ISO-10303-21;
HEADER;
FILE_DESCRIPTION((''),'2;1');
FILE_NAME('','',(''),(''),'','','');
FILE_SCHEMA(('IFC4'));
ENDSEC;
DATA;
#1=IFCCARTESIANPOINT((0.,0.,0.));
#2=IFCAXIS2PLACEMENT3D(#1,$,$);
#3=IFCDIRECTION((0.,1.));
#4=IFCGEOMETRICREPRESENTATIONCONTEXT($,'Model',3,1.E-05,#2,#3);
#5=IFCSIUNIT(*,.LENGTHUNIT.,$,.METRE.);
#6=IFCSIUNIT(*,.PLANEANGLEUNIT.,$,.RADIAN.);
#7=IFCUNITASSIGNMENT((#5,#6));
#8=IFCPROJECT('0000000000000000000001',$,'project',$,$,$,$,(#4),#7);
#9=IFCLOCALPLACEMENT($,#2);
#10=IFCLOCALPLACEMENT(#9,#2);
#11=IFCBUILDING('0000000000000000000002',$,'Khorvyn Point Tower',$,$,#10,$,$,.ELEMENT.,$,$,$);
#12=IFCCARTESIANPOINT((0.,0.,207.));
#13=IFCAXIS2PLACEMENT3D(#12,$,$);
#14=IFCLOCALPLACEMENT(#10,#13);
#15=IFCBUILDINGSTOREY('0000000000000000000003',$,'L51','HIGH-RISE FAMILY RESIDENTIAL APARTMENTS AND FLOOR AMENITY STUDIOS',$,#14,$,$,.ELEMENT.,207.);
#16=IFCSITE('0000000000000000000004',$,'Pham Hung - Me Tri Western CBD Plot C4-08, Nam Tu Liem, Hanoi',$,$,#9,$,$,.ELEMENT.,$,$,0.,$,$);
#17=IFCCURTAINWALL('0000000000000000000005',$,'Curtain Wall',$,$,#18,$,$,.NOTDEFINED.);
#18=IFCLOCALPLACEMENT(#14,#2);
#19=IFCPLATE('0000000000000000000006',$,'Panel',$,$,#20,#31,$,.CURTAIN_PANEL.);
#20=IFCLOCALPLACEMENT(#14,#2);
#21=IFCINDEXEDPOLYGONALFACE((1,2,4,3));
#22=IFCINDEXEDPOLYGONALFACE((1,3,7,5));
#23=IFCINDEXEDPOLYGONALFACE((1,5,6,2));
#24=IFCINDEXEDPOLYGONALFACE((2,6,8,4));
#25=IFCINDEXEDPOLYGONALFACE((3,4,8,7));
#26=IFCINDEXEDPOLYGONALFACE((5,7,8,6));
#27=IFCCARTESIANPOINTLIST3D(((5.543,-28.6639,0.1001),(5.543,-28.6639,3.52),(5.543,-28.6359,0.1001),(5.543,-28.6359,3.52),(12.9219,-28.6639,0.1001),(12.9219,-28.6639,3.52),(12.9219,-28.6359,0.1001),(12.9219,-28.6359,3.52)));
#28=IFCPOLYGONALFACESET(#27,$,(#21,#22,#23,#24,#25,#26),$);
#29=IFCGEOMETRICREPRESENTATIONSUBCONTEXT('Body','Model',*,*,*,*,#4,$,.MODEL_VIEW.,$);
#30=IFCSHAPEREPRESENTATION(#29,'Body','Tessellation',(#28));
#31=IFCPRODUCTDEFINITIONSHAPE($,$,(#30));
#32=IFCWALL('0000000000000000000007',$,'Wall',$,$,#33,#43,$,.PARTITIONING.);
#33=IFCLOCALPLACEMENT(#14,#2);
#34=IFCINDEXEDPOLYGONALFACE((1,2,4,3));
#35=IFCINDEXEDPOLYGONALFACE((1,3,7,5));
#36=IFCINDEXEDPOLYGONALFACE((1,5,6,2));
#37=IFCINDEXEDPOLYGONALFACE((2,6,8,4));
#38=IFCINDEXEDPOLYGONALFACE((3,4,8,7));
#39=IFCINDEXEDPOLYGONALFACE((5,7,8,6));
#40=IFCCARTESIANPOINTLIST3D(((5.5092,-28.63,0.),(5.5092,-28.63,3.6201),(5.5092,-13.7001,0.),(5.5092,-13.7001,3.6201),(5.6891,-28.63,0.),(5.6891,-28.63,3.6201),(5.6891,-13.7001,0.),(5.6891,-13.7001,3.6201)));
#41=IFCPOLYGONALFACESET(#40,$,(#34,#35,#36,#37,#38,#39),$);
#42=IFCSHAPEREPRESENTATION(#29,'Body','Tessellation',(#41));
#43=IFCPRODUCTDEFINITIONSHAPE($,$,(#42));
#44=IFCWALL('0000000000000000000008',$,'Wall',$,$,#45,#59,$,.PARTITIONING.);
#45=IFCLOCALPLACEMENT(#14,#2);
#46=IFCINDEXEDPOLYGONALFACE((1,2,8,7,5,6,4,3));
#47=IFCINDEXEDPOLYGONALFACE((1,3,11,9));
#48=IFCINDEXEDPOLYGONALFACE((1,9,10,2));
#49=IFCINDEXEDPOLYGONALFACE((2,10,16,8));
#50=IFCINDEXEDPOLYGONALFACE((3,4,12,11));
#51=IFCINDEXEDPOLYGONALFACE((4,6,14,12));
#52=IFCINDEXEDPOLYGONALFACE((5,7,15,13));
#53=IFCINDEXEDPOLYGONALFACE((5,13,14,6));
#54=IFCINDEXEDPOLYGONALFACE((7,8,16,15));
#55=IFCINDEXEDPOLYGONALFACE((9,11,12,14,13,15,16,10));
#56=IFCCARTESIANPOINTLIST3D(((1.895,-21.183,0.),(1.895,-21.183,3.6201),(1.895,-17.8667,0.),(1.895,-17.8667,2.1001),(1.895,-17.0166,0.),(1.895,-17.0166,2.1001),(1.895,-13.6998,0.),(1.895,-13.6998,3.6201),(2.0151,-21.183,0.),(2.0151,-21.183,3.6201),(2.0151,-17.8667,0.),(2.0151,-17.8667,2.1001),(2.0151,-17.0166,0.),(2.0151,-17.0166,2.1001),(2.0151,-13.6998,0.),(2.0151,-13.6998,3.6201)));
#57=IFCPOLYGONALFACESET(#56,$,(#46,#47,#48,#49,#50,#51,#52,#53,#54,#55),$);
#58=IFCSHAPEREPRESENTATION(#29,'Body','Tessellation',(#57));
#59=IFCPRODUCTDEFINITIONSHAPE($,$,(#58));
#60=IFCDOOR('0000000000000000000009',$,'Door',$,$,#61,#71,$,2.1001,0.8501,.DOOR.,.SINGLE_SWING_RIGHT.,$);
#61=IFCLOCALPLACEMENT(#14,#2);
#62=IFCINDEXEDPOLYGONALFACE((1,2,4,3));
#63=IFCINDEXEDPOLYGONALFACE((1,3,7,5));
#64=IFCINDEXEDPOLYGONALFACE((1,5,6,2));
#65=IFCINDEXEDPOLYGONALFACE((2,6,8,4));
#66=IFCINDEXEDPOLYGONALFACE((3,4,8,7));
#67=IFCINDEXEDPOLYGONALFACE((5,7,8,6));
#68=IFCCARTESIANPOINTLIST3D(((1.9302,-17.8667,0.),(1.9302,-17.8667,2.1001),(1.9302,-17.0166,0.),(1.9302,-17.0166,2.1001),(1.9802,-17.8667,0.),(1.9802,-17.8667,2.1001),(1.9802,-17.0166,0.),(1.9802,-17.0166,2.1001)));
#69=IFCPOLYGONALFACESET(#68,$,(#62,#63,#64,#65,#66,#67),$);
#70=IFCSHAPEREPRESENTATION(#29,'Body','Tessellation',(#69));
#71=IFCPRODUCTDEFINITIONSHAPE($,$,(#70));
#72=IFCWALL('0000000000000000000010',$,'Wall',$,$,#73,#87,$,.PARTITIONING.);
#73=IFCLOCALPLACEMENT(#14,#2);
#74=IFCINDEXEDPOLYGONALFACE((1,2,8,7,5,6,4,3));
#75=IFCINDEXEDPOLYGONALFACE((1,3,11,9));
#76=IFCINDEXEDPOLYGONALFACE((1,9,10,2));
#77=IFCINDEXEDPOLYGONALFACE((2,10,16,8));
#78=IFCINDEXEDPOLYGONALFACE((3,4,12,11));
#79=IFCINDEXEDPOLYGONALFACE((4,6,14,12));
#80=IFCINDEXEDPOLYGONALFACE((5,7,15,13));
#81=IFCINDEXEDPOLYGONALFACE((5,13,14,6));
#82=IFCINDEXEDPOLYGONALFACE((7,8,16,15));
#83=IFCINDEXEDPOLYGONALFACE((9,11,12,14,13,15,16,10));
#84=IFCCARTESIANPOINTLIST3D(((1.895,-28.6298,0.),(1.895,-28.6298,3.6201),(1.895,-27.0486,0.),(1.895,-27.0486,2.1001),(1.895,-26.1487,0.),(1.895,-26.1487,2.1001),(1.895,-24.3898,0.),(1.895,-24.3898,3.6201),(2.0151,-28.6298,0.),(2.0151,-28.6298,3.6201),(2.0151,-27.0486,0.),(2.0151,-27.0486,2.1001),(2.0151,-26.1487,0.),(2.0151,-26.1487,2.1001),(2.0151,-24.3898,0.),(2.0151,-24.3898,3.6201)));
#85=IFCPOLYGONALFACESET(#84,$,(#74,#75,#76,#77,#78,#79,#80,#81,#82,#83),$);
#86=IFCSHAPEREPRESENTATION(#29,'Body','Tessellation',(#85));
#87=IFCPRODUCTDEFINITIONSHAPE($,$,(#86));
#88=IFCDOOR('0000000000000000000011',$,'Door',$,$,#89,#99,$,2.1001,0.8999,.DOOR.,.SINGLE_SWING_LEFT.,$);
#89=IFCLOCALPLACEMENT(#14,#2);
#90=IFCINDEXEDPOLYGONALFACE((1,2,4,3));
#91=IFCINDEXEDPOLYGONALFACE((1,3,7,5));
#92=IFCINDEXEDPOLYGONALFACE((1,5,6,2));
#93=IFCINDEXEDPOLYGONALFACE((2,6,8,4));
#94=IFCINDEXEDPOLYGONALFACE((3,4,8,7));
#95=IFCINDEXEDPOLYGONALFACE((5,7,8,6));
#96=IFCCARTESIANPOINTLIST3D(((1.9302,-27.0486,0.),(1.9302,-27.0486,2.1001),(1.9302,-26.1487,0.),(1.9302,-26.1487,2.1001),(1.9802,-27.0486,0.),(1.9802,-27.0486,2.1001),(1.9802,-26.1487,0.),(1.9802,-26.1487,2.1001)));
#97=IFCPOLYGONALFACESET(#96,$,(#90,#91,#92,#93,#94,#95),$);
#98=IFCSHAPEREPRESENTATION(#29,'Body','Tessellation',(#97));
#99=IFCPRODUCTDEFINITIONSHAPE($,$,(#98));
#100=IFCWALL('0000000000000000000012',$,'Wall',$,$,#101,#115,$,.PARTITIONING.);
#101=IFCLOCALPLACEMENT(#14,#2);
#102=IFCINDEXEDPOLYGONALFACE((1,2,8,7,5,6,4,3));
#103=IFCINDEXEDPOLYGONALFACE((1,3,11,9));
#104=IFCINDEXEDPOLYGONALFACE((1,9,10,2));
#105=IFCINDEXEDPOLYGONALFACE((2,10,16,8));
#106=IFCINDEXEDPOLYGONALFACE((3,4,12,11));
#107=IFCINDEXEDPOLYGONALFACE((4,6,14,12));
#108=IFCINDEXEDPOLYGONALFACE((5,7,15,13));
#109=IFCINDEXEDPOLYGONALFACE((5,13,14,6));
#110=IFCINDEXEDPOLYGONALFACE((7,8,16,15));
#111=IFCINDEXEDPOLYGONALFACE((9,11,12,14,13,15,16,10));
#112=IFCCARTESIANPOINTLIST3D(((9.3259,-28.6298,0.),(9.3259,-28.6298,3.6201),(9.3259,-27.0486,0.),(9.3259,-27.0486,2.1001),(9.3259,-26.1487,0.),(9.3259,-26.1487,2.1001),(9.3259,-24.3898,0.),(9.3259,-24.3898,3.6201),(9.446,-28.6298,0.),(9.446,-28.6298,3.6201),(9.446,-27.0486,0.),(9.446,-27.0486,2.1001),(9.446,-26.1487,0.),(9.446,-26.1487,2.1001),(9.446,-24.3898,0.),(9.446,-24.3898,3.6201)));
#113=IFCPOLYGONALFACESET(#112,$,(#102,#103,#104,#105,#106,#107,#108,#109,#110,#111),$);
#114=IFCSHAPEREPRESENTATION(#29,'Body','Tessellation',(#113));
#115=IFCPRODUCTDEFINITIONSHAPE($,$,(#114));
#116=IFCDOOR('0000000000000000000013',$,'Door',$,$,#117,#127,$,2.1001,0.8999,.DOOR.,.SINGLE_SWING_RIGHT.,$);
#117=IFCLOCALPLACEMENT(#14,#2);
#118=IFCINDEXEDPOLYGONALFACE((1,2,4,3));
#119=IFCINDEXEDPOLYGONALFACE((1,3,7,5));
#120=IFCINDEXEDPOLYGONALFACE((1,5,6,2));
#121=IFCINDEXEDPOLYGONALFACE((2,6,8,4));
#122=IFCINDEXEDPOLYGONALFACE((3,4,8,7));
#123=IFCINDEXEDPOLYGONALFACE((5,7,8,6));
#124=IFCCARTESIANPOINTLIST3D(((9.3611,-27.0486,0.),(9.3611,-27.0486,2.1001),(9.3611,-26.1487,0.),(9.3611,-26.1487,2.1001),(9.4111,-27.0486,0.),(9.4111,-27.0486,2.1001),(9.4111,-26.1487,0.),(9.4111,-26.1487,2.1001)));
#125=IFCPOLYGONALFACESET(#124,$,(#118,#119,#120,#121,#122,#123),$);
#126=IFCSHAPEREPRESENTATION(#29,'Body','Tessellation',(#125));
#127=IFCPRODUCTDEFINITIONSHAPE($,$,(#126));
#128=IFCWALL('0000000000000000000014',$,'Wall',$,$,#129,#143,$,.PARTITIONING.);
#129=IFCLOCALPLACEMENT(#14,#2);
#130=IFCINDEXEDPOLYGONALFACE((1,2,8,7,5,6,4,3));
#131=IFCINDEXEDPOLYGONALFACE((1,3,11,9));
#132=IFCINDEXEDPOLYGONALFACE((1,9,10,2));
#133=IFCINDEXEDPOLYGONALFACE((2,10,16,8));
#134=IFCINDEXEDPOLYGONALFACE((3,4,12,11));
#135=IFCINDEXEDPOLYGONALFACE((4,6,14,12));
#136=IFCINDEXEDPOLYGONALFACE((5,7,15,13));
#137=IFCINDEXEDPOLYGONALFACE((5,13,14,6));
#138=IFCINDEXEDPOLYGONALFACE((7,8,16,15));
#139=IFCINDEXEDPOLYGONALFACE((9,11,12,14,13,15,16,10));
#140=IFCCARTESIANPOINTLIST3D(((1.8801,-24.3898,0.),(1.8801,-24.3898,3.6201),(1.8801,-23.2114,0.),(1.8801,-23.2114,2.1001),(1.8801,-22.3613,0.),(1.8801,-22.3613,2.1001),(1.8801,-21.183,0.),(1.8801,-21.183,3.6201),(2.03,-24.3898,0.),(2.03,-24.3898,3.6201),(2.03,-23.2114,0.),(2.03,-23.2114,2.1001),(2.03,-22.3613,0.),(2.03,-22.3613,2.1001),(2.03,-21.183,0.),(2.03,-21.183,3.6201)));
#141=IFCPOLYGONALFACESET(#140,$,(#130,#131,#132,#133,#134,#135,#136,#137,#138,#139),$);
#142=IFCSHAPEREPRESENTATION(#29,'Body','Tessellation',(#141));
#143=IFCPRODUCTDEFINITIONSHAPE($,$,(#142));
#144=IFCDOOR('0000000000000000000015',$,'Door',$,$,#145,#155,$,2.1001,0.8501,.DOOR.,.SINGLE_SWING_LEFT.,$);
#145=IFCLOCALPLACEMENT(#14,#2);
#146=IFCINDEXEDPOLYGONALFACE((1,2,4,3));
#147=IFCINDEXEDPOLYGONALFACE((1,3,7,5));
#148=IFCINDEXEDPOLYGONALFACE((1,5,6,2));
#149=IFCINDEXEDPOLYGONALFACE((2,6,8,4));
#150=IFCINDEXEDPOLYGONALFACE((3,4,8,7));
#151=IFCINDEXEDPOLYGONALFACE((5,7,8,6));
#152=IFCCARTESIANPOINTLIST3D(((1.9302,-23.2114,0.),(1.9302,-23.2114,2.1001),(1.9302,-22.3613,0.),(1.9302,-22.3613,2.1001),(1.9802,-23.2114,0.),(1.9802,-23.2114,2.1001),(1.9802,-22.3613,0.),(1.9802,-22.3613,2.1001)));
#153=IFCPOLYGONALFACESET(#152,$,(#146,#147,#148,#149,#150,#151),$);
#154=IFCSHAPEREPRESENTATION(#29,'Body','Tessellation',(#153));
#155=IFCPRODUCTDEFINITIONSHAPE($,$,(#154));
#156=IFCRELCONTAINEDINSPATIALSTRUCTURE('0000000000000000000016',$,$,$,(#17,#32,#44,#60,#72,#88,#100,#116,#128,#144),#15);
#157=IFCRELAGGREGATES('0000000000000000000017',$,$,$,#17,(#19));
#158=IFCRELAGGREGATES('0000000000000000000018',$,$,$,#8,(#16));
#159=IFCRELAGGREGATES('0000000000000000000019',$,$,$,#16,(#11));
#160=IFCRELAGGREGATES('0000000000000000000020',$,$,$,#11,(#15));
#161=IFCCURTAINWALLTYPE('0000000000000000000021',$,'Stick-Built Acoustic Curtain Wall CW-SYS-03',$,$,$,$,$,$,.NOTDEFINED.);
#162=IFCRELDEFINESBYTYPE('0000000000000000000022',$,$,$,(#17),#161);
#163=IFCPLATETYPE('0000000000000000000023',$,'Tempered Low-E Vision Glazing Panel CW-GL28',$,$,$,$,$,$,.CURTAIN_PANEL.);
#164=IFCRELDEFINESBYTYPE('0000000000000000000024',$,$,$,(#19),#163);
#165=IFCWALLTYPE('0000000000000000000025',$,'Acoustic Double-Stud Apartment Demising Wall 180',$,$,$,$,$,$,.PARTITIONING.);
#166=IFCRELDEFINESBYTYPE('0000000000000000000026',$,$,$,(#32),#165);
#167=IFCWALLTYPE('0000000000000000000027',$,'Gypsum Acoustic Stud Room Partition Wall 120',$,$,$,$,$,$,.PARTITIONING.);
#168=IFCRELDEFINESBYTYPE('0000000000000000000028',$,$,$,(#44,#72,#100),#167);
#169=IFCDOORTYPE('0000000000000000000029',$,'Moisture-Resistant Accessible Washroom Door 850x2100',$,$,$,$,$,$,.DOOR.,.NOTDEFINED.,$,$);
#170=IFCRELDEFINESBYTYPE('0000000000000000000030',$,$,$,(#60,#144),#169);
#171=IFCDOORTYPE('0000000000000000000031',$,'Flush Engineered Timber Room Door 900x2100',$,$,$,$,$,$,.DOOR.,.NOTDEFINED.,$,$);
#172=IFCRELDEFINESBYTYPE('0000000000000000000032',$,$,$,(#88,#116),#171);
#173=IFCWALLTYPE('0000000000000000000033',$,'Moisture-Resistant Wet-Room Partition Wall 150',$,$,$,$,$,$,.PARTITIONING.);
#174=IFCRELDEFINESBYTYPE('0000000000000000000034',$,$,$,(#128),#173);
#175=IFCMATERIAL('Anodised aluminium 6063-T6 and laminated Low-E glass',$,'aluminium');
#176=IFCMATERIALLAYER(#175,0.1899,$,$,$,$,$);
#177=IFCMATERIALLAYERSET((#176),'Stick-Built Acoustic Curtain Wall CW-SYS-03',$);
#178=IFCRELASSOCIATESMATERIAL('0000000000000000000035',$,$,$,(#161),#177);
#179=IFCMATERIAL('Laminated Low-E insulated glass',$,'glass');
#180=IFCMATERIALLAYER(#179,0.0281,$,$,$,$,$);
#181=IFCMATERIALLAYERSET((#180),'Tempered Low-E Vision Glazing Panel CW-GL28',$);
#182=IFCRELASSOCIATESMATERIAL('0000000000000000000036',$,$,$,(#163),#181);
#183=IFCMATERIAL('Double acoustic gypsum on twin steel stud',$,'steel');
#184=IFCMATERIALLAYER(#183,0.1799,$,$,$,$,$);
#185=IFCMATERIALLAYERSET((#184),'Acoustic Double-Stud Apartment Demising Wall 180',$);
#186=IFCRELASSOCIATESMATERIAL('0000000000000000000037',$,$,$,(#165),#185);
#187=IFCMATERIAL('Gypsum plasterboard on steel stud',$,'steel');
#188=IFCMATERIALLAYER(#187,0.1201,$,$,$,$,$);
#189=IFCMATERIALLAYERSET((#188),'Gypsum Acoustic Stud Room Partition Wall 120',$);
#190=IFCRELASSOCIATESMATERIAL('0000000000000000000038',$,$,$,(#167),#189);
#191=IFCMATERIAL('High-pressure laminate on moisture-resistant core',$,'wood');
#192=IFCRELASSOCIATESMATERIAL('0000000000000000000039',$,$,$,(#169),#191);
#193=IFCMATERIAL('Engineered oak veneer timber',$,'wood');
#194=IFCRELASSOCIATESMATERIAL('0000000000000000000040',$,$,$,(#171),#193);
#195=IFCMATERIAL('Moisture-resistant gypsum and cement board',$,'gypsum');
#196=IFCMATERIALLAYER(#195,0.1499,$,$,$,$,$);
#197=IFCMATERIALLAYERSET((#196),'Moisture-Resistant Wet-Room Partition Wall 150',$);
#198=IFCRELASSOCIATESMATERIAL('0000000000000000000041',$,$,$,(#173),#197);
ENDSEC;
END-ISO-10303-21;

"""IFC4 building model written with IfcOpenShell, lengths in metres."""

from ifc_helpers import new_model, si_unit, direction, frame, frame_2d, origin, origin_2d, place, context, subcontext, project, spatial, rectangle, extrude, material, layer, layer_set, type_object, element, fill, aggregate, save


model = new_model("IFC4")

# Units and contexts
model_context = context("Model", 3, precision=1e-05, world=origin(), true_north=direction((0.0, 1.0)))
body_context = subcontext(model_context, "Body", "Model", "MODEL_VIEW")
ifc_project = project(units=[si_unit("LENGTHUNIT", "METRE"), si_unit("PLANEANGLEUNIT", "RADIAN")], contexts=[model_context])

# Site, building, storey
site_placement = place(None, origin())
site = spatial("IfcSite", under=ifc_project, at=site_placement, Name="Pham Hung - Me Tri Western CBD Plot C4-08, Nam Tu Liem, Hanoi", CompositionType="ELEMENT", RefElevation=0.0)
building_placement = place(site_placement, origin())
building = spatial("IfcBuilding", under=site, at=building_placement, Name="Khorvyn Point Tower", CompositionType="ELEMENT")
storey_placement = place(building_placement, frame((0.0, 0.0, 207.0)))
storey = spatial("IfcBuildingStorey", under=building, at=storey_placement, Name="L51", Description="HIGH-RISE FAMILY RESIDENTIAL APARTMENTS AND FLOOR AMENITY STUDIOS", CompositionType="ELEMENT", Elevation=207.0)

# Curtain wall, plate
ifc_material_1 = material(Name="Anodised aluminium 6063-T6 and laminated Low-E glass", Category="aluminium")
ifc_layer_1 = layer(ifc_material_1, 0.1899)
ifc_layer_set_1 = layer_set([ifc_layer_1], Name="Stick-Built Acoustic Curtain Wall CW-SYS-03")
curtain_wall_type = type_object("IfcCurtainWallType", Name="Stick-Built Acoustic Curtain Wall CW-SYS-03", PredefinedType="NOTDEFINED", material=ifc_layer_set_1)
curtain_wall_placement = place(storey_placement, origin())
curtain_wall = element("IfcCurtainWall", 1, at=curtain_wall_placement, inside=storey, type_object=curtain_wall_type, Name="Curtain Wall", PredefinedType="NOTDEFINED")
ifc_material_2 = material(Name="Laminated Low-E insulated glass", Category="glass")
ifc_layer_2 = layer(ifc_material_2, 0.0281)
ifc_layer_set_2 = layer_set([ifc_layer_2], Name="Tempered Low-E Vision Glazing Panel CW-GL28")
plate_type = type_object("IfcPlateType", Name="Tempered Low-E Vision Glazing Panel CW-GL28", PredefinedType="CURTAIN_PANEL", material=ifc_layer_set_2)
plate_1_placement = place(storey_placement, frame((9.2324, -28.6499, 0.1001), z_axis=(0.0, 0.0, 1.0), x_axis=(-1.0, 0.0, 0.0)))
plate_1 = element("IfcPlate", 2, at=plate_1_placement, type_object=plate_type, Name="Panel", PredefinedType="CURTAIN_PANEL", context=body_context, shape_type="SweptSolid", body=[
    extrude(rectangle(XDim=7.3789, YDim=0.0281, at=origin_2d()), origin(), (0.0, 0.0, 1.0), 3.4199),
])
aggregate(curtain_wall, [plate_1])

# Wall
ifc_material_3 = material(Name="Double acoustic gypsum on twin steel stud", Category="steel")
ifc_layer_3 = layer(ifc_material_3, 0.1799)
ifc_layer_set_3 = layer_set([ifc_layer_3], Name="Acoustic Double-Stud Apartment Demising Wall 180")
wall_type_1 = type_object("IfcWallType", Name="Acoustic Double-Stud Apartment Demising Wall 180", PredefinedType="PARTITIONING", material=ifc_layer_set_3)
wall_1_placement = place(storey_placement, frame((5.5991, -28.6299, 0.0), z_axis=(0.0, 0.0, 1.0), x_axis=(0.0, 1.0, 0.0)))
element("IfcWall", 3, at=wall_1_placement, inside=storey, type_object=wall_type_1, Name="Wall", PredefinedType="PARTITIONING", context=body_context, shape_type="SweptSolid", body=[
    extrude(rectangle(XDim=14.9299, YDim=0.1799, at=frame_2d((7.4648, 0.0))), origin(), (0.0, 0.0, 1.0), 3.6201),
])

# Walls, openings, doors
ifc_material_4 = material(Name="Gypsum plasterboard on steel stud", Category="steel")
ifc_layer_4 = layer(ifc_material_4, 0.1201)
ifc_layer_set_4 = layer_set([ifc_layer_4], Name="Gypsum Acoustic Stud Room Partition Wall 120")
wall_type_2 = type_object("IfcWallType", Name="Gypsum Acoustic Stud Room Partition Wall 120", PredefinedType="PARTITIONING", material=ifc_layer_set_4)
wall_2_placement = place(storey_placement, frame((1.9551, -21.1831, 0.0), z_axis=(0.0, 0.0, 1.0), x_axis=(0.0, 1.0, 0.0)))
wall_2 = element("IfcWall", 4, at=wall_2_placement, inside=storey, type_object=wall_type_2, Name="Wall", PredefinedType="PARTITIONING", context=body_context, shape_type="SweptSolid", body=[
    extrude(rectangle(XDim=7.4832, YDim=0.1201, at=frame_2d((3.7417, 0.0))), origin(), (0.0, 0.0, 1.0), 3.6201),
])
opening_1_placement = place(wall_2_placement, frame((3.3164, 0.0, 0.0)))
opening_1 = element("IfcOpeningElement", 5, at=opening_1_placement, cuts=wall_2, PredefinedType="OPENING", context=body_context, shape_type="SweptSolid", body=[
    extrude(rectangle(XDim=0.8501, YDim=2.1001, at=frame_2d((0.425, 1.05))), frame((0.0, 0.0701, 0.0), z_axis=(0.0, -1.0, 0.0), x_axis=(1.0, 0.0, 0.0)), (0.0, 0.0, 1.0), 0.1401),
])
ifc_material_5 = material(Name="High-pressure laminate on moisture-resistant core", Category="wood")
door_type_1 = type_object("IfcDoorType", Name="Moisture-Resistant Accessible Washroom Door 850x2100", OperationType="NOTDEFINED", PredefinedType="DOOR", material=ifc_material_5)
door_1_placement = place(opening_1_placement, origin())
door_1 = element("IfcDoor", 6, at=door_1_placement, inside=storey, type_object=door_type_1, Name="Door", OperationType="SINGLE_SWING_RIGHT", OverallHeight=2.1001, OverallWidth=0.8501, PredefinedType="DOOR", context=body_context, shape_type="SweptSolid", body=[
    extrude(rectangle(XDim=0.8501, YDim=2.1001, at=frame_2d((0.425, 1.05))), frame((0.0, 0.0249, 0.0), z_axis=(0.0, -1.0, 0.0), x_axis=(1.0, 0.0, 0.0)), (0.0, 0.0, 1.0), 0.05),
])
fill(opening_1, door_1)
wall_3_placement = place(storey_placement, frame((1.9551, -28.6299, 0.0), z_axis=(0.0, 0.0, 1.0), x_axis=(0.0, 1.0, 0.0)))
wall_3 = element("IfcWall", 7, at=wall_3_placement, inside=storey, type_object=wall_type_2, Name="Wall", PredefinedType="PARTITIONING", context=body_context, shape_type="SweptSolid", body=[
    extrude(rectangle(XDim=4.24, YDim=0.1201, at=frame_2d((2.1201, 0.0))), origin(), (0.0, 0.0, 1.0), 3.6201),
])
opening_2_placement = place(wall_3_placement, frame((1.5813, 0.0, 0.0)))
opening_2 = element("IfcOpeningElement", 8, at=opening_2_placement, cuts=wall_3, PredefinedType="OPENING", context=body_context, shape_type="SweptSolid", body=[
    extrude(rectangle(XDim=0.8999, YDim=2.1001, at=frame_2d((0.45, 1.05))), frame((0.0, 0.0701, 0.0), z_axis=(0.0, -1.0, 0.0), x_axis=(1.0, 0.0, 0.0)), (0.0, 0.0, 1.0), 0.1401),
])
ifc_material_6 = material(Name="Engineered oak veneer timber", Category="wood")
door_type_2 = type_object("IfcDoorType", Name="Flush Engineered Timber Room Door 900x2100", OperationType="NOTDEFINED", PredefinedType="DOOR", material=ifc_material_6)
door_2_placement = place(opening_2_placement, origin())
door_2 = element("IfcDoor", 9, at=door_2_placement, inside=storey, type_object=door_type_2, Name="Door", OperationType="SINGLE_SWING_LEFT", OverallHeight=2.1001, OverallWidth=0.8999, PredefinedType="DOOR", context=body_context, shape_type="SweptSolid", body=[
    extrude(rectangle(XDim=0.8999, YDim=2.1001, at=frame_2d((0.45, 1.05))), frame((0.0, 0.0249, 0.0), z_axis=(0.0, -1.0, 0.0), x_axis=(1.0, 0.0, 0.0)), (0.0, 0.0, 1.0), 0.05),
])
fill(opening_2, door_2)
wall_4_placement = place(storey_placement, frame((9.386, -28.6299, 0.0), z_axis=(0.0, 0.0, 1.0), x_axis=(0.0, 1.0, 0.0)))
wall_4 = element("IfcWall", 10, at=wall_4_placement, inside=storey, type_object=wall_type_2, Name="Wall", PredefinedType="PARTITIONING", context=body_context, shape_type="SweptSolid", body=[
    extrude(rectangle(XDim=4.24, YDim=0.1201, at=frame_2d((2.1201, 0.0))), origin(), (0.0, 0.0, 1.0), 3.6201),
])
opening_3_placement = place(wall_4_placement, frame((1.5813, 0.0, 0.0)))
opening_3 = element("IfcOpeningElement", 11, at=opening_3_placement, cuts=wall_4, PredefinedType="OPENING", context=body_context, shape_type="SweptSolid", body=[
    extrude(rectangle(XDim=0.8999, YDim=2.1001, at=frame_2d((0.45, 1.05))), frame((0.0, 0.0701, 0.0), z_axis=(0.0, -1.0, 0.0), x_axis=(1.0, 0.0, 0.0)), (0.0, 0.0, 1.0), 0.1401),
])
door_3_placement = place(opening_3_placement, origin())
door_3 = element("IfcDoor", 12, at=door_3_placement, inside=storey, type_object=door_type_2, Name="Door", OperationType="SINGLE_SWING_RIGHT", OverallHeight=2.1001, OverallWidth=0.8999, PredefinedType="DOOR", context=body_context, shape_type="SweptSolid", body=[
    extrude(rectangle(XDim=0.8999, YDim=2.1001, at=frame_2d((0.45, 1.05))), frame((0.0, 0.0249, 0.0), z_axis=(0.0, -1.0, 0.0), x_axis=(1.0, 0.0, 0.0)), (0.0, 0.0, 1.0), 0.05),
])
fill(opening_3, door_3)
ifc_material_7 = material(Name="Moisture-resistant gypsum and cement board", Category="gypsum")
ifc_layer_5 = layer(ifc_material_7, 0.1499)
ifc_layer_set_5 = layer_set([ifc_layer_5], Name="Moisture-Resistant Wet-Room Partition Wall 150")
wall_type_3 = type_object("IfcWallType", Name="Moisture-Resistant Wet-Room Partition Wall 150", PredefinedType="PARTITIONING", material=ifc_layer_set_5)
wall_5_placement = place(storey_placement, frame((1.9551, -24.3899, 0.0), z_axis=(0.0, 0.0, 1.0), x_axis=(0.0, 1.0, 0.0)))
wall_5 = element("IfcWall", 13, at=wall_5_placement, inside=storey, type_object=wall_type_3, Name="Wall", PredefinedType="PARTITIONING", context=body_context, shape_type="SweptSolid", body=[
    extrude(rectangle(XDim=3.2068, YDim=0.1499, at=frame_2d((1.6035, 0.0))), origin(), (0.0, 0.0, 1.0), 3.6201),
])
opening_4_placement = place(wall_5_placement, frame((1.1785, 0.0, 0.0)))
opening_4 = element("IfcOpeningElement", 14, at=opening_4_placement, cuts=wall_5, PredefinedType="OPENING", context=body_context, shape_type="SweptSolid", body=[
    extrude(rectangle(XDim=0.8501, YDim=2.1001, at=frame_2d((0.425, 1.05))), frame((0.0, 0.085, 0.0), z_axis=(0.0, -1.0, 0.0), x_axis=(1.0, 0.0, 0.0)), (0.0, 0.0, 1.0), 0.1699),
])
door_4_placement = place(opening_4_placement, origin())
door_4 = element("IfcDoor", 15, at=door_4_placement, inside=storey, type_object=door_type_1, Name="Door", OperationType="SINGLE_SWING_LEFT", OverallHeight=2.1001, OverallWidth=0.8501, PredefinedType="DOOR", context=body_context, shape_type="SweptSolid", body=[
    extrude(rectangle(XDim=0.8501, YDim=2.1001, at=frame_2d((0.425, 1.05))), frame((0.0, 0.0249, 0.0), z_axis=(0.0, -1.0, 0.0), x_axis=(1.0, 0.0, 0.0)), (0.0, 0.0, 1.0), 0.05),
])
fill(opening_4, door_4)

save(model, "model.ifc")
